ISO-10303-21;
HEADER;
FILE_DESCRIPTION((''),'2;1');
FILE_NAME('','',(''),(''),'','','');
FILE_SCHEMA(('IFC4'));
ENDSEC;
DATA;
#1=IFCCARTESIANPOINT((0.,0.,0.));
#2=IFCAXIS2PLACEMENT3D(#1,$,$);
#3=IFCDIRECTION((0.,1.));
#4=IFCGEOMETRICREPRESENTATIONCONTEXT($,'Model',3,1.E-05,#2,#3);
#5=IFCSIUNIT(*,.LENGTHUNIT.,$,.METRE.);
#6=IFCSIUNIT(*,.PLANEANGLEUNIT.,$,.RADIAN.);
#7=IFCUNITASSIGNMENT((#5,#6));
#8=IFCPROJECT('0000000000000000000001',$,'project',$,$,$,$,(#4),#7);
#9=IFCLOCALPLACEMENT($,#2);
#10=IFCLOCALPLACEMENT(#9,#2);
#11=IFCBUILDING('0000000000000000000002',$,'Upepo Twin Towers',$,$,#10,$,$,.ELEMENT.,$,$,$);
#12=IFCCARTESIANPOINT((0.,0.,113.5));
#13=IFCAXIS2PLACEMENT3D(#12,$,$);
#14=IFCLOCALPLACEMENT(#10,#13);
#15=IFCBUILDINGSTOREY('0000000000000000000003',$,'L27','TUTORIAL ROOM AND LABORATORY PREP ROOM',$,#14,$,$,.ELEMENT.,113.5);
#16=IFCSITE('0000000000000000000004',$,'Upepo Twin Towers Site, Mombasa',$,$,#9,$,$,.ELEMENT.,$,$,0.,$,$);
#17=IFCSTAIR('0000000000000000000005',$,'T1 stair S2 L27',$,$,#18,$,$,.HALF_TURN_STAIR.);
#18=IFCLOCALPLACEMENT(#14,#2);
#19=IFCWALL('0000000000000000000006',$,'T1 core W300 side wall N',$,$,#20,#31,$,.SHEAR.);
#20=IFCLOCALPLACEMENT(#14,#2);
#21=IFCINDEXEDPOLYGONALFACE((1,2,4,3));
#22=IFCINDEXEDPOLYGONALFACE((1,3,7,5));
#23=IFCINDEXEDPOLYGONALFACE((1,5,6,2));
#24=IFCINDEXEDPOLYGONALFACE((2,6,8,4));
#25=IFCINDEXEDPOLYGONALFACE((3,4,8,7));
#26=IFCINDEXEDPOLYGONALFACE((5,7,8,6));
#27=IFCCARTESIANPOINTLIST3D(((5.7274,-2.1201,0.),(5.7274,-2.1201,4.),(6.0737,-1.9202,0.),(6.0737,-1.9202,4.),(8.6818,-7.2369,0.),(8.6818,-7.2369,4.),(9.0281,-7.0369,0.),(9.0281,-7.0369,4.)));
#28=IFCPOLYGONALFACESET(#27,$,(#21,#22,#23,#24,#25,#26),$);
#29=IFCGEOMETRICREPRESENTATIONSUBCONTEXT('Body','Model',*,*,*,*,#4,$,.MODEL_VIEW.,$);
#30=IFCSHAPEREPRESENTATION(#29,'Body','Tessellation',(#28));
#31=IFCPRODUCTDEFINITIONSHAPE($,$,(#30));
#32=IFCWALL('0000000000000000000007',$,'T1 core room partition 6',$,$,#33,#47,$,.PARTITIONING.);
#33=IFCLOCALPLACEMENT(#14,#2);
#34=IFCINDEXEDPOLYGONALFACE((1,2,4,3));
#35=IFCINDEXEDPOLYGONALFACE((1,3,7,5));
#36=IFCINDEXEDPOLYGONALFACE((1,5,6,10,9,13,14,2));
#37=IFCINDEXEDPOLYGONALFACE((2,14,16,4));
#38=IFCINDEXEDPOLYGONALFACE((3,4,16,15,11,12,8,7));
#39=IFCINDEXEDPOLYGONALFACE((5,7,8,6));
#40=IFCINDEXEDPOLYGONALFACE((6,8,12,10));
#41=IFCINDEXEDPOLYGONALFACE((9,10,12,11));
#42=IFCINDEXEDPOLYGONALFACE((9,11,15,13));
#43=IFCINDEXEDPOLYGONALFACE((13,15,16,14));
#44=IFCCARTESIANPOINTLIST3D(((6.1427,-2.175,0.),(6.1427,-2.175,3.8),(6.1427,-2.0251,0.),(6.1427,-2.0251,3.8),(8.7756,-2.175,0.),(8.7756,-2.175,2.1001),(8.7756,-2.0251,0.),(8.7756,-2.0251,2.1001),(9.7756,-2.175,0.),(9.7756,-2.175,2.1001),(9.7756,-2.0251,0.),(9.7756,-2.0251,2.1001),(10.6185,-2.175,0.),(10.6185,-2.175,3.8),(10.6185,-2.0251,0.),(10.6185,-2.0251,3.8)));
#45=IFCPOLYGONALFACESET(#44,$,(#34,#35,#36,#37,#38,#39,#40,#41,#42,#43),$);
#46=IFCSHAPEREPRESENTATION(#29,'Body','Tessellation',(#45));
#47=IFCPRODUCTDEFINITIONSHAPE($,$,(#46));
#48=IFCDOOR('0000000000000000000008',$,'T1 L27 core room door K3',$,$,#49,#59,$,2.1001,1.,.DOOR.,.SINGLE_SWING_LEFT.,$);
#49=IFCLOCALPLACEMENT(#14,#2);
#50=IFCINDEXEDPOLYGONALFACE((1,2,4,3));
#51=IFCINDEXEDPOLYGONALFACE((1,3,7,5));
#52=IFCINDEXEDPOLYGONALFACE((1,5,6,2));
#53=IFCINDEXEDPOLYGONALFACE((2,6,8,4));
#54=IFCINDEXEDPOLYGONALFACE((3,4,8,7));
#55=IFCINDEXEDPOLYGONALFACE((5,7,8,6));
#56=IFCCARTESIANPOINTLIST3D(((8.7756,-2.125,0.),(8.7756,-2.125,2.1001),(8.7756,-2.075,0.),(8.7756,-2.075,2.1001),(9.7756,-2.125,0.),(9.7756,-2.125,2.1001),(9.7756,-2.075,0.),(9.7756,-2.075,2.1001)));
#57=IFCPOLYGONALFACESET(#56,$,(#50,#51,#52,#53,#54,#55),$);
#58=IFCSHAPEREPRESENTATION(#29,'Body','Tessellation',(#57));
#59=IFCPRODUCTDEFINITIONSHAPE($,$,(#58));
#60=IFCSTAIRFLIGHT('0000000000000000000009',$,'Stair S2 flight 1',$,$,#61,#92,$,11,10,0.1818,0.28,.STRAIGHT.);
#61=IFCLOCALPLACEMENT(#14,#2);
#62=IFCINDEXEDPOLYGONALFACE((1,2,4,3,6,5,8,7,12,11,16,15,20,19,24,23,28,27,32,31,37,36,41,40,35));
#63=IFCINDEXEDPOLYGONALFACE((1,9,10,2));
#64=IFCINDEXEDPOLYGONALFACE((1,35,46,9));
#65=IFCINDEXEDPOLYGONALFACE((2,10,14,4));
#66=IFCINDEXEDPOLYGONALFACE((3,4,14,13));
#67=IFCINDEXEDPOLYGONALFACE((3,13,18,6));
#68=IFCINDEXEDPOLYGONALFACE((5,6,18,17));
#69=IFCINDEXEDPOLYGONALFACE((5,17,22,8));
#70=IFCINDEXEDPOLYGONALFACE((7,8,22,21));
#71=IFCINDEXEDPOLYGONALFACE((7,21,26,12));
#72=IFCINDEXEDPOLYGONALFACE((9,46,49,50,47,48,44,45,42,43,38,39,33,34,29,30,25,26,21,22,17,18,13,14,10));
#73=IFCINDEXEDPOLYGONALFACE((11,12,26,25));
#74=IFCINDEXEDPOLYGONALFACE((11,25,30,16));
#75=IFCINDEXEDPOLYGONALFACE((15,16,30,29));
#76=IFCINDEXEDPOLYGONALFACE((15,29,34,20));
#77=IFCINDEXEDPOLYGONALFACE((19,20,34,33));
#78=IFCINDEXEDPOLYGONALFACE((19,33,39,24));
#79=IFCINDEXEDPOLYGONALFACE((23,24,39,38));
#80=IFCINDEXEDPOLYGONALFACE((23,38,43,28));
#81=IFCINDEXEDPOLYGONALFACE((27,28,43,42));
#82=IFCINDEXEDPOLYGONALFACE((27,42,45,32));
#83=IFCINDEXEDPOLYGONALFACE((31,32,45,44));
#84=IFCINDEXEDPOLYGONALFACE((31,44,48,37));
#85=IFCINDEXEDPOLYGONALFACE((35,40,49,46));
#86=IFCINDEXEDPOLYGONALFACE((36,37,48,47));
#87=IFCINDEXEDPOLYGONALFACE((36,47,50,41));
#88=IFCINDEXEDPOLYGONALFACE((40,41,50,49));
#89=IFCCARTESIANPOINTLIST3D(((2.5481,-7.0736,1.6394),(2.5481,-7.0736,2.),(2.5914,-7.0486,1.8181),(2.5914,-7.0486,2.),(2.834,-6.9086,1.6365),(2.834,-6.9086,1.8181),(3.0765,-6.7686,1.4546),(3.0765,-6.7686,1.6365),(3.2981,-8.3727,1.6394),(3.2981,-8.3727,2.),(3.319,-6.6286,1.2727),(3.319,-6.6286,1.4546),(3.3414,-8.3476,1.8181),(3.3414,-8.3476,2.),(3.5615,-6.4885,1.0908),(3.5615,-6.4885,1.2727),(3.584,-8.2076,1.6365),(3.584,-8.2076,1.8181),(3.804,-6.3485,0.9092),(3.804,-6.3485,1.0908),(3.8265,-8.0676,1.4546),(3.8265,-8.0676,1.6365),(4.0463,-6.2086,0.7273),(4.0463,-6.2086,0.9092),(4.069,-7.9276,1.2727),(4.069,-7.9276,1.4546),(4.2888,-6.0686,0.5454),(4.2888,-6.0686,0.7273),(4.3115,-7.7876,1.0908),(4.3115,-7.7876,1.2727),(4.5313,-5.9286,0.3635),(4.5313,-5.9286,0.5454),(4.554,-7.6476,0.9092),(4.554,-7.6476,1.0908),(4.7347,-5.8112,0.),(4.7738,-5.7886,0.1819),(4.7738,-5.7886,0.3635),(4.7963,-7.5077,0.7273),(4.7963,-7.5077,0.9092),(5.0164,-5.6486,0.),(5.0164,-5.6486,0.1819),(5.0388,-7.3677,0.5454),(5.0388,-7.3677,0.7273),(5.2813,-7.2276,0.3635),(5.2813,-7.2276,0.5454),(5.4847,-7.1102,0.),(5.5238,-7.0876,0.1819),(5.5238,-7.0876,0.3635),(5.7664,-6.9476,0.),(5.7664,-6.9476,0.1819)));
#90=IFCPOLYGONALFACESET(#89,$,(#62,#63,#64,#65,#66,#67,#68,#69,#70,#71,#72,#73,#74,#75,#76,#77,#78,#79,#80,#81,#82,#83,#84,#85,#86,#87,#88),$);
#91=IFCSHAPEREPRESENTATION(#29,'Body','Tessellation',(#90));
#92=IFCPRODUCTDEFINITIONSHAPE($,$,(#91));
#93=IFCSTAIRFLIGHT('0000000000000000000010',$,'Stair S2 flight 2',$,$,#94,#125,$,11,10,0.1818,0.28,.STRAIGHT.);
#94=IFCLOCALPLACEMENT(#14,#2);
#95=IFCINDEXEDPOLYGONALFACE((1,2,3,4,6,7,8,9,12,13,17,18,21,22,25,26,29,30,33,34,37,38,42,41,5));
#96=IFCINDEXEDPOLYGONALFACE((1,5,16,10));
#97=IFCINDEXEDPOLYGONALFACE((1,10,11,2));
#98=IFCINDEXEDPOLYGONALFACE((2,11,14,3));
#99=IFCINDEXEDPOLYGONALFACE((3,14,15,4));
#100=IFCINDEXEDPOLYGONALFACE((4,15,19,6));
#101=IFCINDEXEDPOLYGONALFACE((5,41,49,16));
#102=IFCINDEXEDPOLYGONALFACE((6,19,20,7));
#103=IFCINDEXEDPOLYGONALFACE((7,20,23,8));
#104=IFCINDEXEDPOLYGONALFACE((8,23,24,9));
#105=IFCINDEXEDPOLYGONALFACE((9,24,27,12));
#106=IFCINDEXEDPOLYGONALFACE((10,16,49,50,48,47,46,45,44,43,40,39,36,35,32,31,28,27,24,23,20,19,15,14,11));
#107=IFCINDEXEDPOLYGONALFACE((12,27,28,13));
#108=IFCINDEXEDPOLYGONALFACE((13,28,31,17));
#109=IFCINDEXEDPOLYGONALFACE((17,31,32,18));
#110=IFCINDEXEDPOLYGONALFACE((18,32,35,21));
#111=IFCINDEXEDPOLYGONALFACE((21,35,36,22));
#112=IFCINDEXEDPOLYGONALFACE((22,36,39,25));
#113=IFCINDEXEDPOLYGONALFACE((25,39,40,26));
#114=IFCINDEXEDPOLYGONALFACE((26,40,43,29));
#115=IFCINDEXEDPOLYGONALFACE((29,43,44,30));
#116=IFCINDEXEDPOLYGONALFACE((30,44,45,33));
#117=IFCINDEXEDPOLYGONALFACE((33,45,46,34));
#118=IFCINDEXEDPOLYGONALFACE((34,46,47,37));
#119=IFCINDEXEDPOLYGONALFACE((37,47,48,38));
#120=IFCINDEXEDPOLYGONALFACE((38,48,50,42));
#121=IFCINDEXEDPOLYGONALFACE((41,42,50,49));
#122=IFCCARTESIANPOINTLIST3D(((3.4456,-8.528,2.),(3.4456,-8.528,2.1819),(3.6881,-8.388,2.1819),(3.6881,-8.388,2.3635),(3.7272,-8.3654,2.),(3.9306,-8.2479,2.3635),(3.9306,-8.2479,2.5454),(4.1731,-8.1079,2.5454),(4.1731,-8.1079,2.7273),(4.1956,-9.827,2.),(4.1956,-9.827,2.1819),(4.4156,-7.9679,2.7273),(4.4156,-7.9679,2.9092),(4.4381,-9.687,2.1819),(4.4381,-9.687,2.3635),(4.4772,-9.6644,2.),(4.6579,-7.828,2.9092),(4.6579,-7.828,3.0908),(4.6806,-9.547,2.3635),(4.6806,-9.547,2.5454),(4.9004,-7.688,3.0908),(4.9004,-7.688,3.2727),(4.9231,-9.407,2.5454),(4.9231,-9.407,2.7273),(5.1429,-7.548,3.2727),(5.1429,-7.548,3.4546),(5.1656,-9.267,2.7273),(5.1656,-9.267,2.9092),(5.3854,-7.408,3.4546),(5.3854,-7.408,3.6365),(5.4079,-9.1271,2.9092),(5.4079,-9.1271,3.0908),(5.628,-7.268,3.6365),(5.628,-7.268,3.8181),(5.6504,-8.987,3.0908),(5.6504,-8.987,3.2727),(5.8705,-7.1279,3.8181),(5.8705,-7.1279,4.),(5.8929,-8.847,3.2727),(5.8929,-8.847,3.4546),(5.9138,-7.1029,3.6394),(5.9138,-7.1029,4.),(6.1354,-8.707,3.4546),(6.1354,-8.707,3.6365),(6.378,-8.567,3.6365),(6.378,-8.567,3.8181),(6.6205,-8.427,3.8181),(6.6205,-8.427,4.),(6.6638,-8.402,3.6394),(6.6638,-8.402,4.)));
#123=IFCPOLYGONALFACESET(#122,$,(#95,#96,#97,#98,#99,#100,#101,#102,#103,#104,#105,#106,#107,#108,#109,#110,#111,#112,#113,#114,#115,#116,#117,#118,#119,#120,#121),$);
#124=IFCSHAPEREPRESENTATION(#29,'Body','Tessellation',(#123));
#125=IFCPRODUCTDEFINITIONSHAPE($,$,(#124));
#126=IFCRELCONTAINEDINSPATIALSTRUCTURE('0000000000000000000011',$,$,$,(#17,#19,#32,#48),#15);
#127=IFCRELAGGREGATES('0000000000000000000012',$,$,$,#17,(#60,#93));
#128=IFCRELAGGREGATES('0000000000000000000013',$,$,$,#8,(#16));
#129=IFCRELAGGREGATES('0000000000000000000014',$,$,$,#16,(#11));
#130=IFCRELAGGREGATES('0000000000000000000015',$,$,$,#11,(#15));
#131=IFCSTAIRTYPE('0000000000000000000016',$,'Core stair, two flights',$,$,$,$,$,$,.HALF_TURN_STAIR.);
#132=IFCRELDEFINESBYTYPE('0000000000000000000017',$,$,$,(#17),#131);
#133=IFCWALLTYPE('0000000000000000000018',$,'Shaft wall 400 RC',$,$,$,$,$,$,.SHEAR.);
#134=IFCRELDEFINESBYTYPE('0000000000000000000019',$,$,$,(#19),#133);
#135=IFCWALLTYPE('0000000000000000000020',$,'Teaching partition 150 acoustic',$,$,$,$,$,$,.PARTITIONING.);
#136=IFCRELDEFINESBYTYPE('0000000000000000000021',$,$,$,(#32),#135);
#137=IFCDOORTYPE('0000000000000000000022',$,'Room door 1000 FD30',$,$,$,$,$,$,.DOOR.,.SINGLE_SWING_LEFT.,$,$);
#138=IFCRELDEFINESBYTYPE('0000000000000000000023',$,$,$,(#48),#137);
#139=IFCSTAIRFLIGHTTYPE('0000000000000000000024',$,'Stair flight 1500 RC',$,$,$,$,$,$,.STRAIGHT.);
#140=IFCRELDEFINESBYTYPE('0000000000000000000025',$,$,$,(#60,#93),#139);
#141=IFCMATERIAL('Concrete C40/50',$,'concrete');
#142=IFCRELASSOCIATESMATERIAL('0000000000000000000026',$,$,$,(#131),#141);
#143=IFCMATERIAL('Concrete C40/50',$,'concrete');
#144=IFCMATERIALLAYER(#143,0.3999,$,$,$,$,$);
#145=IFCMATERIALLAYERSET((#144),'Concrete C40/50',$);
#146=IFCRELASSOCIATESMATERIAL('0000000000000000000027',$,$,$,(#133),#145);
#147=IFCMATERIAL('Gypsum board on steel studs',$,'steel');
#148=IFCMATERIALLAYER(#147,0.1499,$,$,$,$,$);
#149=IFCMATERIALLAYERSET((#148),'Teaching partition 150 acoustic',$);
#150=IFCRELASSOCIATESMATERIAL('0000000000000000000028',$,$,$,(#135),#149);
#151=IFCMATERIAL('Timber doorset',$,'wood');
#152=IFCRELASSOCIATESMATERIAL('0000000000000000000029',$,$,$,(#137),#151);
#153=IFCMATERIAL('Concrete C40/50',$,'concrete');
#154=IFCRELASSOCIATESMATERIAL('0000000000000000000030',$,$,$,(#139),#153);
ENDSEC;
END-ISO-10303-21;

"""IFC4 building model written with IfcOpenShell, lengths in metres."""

from ifc_helpers import new_model, si_unit, direction, frame, frame_2d, origin, place, context, subcontext, project, spatial, polyline, rectangle, outline, extrude, material, layer, layer_set, type_object, element, fill, aggregate, save


model = new_model("IFC4")

# Units and contexts
model_context = context("Model", 3, precision=1e-05, world=origin(), true_north=direction((0.0, 1.0)))
body_context = subcontext(model_context, "Body", "Model", "MODEL_VIEW")
ifc_project = project(units=[si_unit("LENGTHUNIT", "METRE"), si_unit("PLANEANGLEUNIT", "RADIAN")], contexts=[model_context])

# Site, building, storey
site_placement = place(None, origin())
site = spatial("IfcSite", under=ifc_project, at=site_placement, Name="Upepo Twin Towers Site, Mombasa", CompositionType="ELEMENT", RefElevation=0.0)
building_placement = place(site_placement, origin())
building = spatial("IfcBuilding", under=site, at=building_placement, Name="Upepo Twin Towers", CompositionType="ELEMENT")
storey_placement = place(building_placement, frame((0.0, 0.0, 113.5)))
storey = spatial("IfcBuildingStorey", under=building, at=storey_placement, Name="L27", Description="TUTORIAL ROOM AND LABORATORY PREP ROOM", CompositionType="ELEMENT", Elevation=113.5)

# Stair
ifc_material_1 = material(Name="Concrete C40/50", Category="concrete")
stair_type = type_object("IfcStairType", Name="Core stair, two flights", PredefinedType="HALF_TURN_STAIR", material=ifc_material_1)
stair_1_placement = place(storey_placement, origin())
stair_1 = element("IfcStair", 1, at=stair_1_placement, inside=storey, type_object=stair_type, Name="T1 stair S2 L27", PredefinedType="HALF_TURN_STAIR")

# Wall
ifc_material_2 = material(Name="Concrete C40/50", Category="concrete")
ifc_layer_1 = layer(ifc_material_2, 0.3999)
ifc_layer_set_1 = layer_set([ifc_layer_1], Name="Concrete C40/50")
wall_type_1 = type_object("IfcWallType", Name="Shaft wall 400 RC", PredefinedType="SHEAR", material=ifc_layer_set_1)
wall_1_placement = place(storey_placement, frame((5.9006, -2.0203, 0.0), z_axis=(0.0, 0.0, 1.0), x_axis=(0.500028, -0.866009, 0.0)))
element("IfcWall", 2, at=wall_1_placement, inside=storey, type_object=wall_type_1, Name="T1 core W300 side wall N", PredefinedType="SHEAR", context=body_context, shape_type="SweptSolid", body=[
    extrude(rectangle(XDim=5.9084, YDim=0.3999, at=frame_2d((2.9541, 0.0))), origin(), (0.0, 0.0, 1.0), 4.0),
])

# Wall, opening, door
ifc_material_3 = material(Name="Gypsum board on steel studs", Category="steel")
ifc_layer_2 = layer(ifc_material_3, 0.1499)
ifc_layer_set_2 = layer_set([ifc_layer_2], Name="Teaching partition 150 acoustic")
wall_type_2 = type_object("IfcWallType", Name="Teaching partition 150 acoustic", PredefinedType="PARTITIONING", material=ifc_layer_set_2)
wall_2_placement = place(storey_placement, frame((10.6184, -2.1001, 0.0), z_axis=(0.0, 0.0, 1.0), x_axis=(-1.0, 0.0, 0.0)))
wall_2 = element("IfcWall", 3, at=wall_2_placement, inside=storey, type_object=wall_type_2, Name="T1 core room partition 6", PredefinedType="PARTITIONING", context=body_context, shape_type="SweptSolid", body=[
    extrude(rectangle(XDim=4.4758, YDim=0.1499, at=frame_2d((2.2378, 0.0))), origin(), (0.0, 0.0, 1.0), 3.8),
])
opening_1_placement = place(wall_2_placement, frame((0.8428, 0.0, 0.0)))
opening_1 = element("IfcOpeningElement", 4, at=opening_1_placement, cuts=wall_2, PredefinedType="OPENING", context=body_context, shape_type="SweptSolid", body=[
    extrude(rectangle(XDim=1.0, YDim=2.1001, at=frame_2d((0.5, 1.05))), frame((0.0, 0.085, 0.0), z_axis=(0.0, -1.0, 0.0), x_axis=(1.0, 0.0, 0.0)), (0.0, 0.0, 1.0), 0.1699),
])
ifc_material_4 = material(Name="Timber doorset", Category="wood")
door_type_1 = type_object("IfcDoorType", Name="Room door 1000 FD30", OperationType="SINGLE_SWING_LEFT", PredefinedType="DOOR", material=ifc_material_4)
door_1_placement = place(opening_1_placement, origin())
door_1 = element("IfcDoor", 5, at=door_1_placement, inside=storey, type_object=door_type_1, Name="T1 L27 core room door K3", OperationType="SINGLE_SWING_LEFT", OverallHeight=2.1001, OverallWidth=1.0, PredefinedType="DOOR", context=body_context, shape_type="SweptSolid", body=[
    extrude(rectangle(XDim=1.0, YDim=2.1001, at=frame_2d((0.5, 1.05))), frame((0.0, 0.0249, 0.0), z_axis=(0.0, -1.0, 0.0), x_axis=(1.0, 0.0, 0.0)), (0.0, 0.0, 1.0), 0.05),
])
fill(opening_1, door_1)

# Stair flights
ifc_material_5 = material(Name="Concrete C40/50", Category="concrete")
stair_flight_type = type_object("IfcStairFlightType", Name="Stair flight 1500 RC", PredefinedType="STRAIGHT", material=ifc_material_5)
stair_flight_1_placement = place(storey_placement, frame((5.3914, -6.2981, 0.0), z_axis=(0.0, 0.0, 1.0), x_axis=(-0.866025, -0.5, 0.0)))
stair_flight_1 = element("IfcStairFlight", 6, at=stair_flight_1_placement, type_object=stair_flight_type, Name="Stair S2 flight 1", NumberOfRisers=11, NumberOfTreads=10, PredefinedType="STRAIGHT", RiserHeight=0.1818, TreadLength=0.28, context=body_context, shape_type="SweptSolid", body=[
    extrude(outline(polyline([(0.0, 0.0), (0.0, 0.1819), (0.28, 0.1819), (0.28, 0.3635), (0.5601, 0.3635), (0.5601, 0.5454), (0.8401, 0.5454), (0.8401, 0.7273), (1.1201, 0.7273), (1.1201, 0.9092), (1.3999, 0.9092), (1.3999, 1.0908), (1.6799, 1.0908), (1.6799, 1.2727), (1.96, 1.2727), (1.96, 1.4546), (2.24, 1.4546), (2.24, 1.6365), (2.52, 1.6365), (2.52, 1.8181), (2.8, 1.8181), (2.8, 2.0), (2.8501, 2.0), (2.8501, 1.6394), (0.3252, 0.0), (0.0, 0.0)])), frame((0.0, 0.75, 0.0), z_axis=(0.0, -1.0, 0.0), x_axis=(1.0, 0.0, 0.0)), (0.0, 0.0, 1.0), 1.5),
])
stair_flight_2_placement = place(storey_placement, frame((3.8206, -9.1775, 2.0), z_axis=(0.0, 0.0, 1.0), x_axis=(0.866025, 0.5, 0.0)))
stair_flight_2 = element("IfcStairFlight", 7, at=stair_flight_2_placement, type_object=stair_flight_type, Name="Stair S2 flight 2", NumberOfRisers=11, NumberOfTreads=10, PredefinedType="STRAIGHT", RiserHeight=0.1818, TreadLength=0.28, context=body_context, shape_type="SweptSolid", body=[
    extrude(outline(polyline([(0.0, 0.0), (0.0, 0.1819), (0.28, 0.1819), (0.28, 0.3635), (0.5601, 0.3635), (0.5601, 0.5454), (0.8401, 0.5454), (0.8401, 0.7273), (1.1201, 0.7273), (1.1201, 0.9092), (1.3999, 0.9092), (1.3999, 1.0908), (1.6799, 1.0908), (1.6799, 1.2727), (1.96, 1.2727), (1.96, 1.4546), (2.24, 1.4546), (2.24, 1.6365), (2.52, 1.6365), (2.52, 1.8181), (2.8, 1.8181), (2.8, 2.0), (2.8501, 2.0), (2.8501, 1.6394), (0.3252, 0.0), (0.0, 0.0)])), frame((0.0, 0.75, 0.0), z_axis=(0.0, -1.0, 0.0), x_axis=(1.0, 0.0, 0.0)), (0.0, 0.0, 1.0), 1.5),
])
aggregate(stair_1, [stair_flight_1, stair_flight_2])

save(model, "model.ifc")
